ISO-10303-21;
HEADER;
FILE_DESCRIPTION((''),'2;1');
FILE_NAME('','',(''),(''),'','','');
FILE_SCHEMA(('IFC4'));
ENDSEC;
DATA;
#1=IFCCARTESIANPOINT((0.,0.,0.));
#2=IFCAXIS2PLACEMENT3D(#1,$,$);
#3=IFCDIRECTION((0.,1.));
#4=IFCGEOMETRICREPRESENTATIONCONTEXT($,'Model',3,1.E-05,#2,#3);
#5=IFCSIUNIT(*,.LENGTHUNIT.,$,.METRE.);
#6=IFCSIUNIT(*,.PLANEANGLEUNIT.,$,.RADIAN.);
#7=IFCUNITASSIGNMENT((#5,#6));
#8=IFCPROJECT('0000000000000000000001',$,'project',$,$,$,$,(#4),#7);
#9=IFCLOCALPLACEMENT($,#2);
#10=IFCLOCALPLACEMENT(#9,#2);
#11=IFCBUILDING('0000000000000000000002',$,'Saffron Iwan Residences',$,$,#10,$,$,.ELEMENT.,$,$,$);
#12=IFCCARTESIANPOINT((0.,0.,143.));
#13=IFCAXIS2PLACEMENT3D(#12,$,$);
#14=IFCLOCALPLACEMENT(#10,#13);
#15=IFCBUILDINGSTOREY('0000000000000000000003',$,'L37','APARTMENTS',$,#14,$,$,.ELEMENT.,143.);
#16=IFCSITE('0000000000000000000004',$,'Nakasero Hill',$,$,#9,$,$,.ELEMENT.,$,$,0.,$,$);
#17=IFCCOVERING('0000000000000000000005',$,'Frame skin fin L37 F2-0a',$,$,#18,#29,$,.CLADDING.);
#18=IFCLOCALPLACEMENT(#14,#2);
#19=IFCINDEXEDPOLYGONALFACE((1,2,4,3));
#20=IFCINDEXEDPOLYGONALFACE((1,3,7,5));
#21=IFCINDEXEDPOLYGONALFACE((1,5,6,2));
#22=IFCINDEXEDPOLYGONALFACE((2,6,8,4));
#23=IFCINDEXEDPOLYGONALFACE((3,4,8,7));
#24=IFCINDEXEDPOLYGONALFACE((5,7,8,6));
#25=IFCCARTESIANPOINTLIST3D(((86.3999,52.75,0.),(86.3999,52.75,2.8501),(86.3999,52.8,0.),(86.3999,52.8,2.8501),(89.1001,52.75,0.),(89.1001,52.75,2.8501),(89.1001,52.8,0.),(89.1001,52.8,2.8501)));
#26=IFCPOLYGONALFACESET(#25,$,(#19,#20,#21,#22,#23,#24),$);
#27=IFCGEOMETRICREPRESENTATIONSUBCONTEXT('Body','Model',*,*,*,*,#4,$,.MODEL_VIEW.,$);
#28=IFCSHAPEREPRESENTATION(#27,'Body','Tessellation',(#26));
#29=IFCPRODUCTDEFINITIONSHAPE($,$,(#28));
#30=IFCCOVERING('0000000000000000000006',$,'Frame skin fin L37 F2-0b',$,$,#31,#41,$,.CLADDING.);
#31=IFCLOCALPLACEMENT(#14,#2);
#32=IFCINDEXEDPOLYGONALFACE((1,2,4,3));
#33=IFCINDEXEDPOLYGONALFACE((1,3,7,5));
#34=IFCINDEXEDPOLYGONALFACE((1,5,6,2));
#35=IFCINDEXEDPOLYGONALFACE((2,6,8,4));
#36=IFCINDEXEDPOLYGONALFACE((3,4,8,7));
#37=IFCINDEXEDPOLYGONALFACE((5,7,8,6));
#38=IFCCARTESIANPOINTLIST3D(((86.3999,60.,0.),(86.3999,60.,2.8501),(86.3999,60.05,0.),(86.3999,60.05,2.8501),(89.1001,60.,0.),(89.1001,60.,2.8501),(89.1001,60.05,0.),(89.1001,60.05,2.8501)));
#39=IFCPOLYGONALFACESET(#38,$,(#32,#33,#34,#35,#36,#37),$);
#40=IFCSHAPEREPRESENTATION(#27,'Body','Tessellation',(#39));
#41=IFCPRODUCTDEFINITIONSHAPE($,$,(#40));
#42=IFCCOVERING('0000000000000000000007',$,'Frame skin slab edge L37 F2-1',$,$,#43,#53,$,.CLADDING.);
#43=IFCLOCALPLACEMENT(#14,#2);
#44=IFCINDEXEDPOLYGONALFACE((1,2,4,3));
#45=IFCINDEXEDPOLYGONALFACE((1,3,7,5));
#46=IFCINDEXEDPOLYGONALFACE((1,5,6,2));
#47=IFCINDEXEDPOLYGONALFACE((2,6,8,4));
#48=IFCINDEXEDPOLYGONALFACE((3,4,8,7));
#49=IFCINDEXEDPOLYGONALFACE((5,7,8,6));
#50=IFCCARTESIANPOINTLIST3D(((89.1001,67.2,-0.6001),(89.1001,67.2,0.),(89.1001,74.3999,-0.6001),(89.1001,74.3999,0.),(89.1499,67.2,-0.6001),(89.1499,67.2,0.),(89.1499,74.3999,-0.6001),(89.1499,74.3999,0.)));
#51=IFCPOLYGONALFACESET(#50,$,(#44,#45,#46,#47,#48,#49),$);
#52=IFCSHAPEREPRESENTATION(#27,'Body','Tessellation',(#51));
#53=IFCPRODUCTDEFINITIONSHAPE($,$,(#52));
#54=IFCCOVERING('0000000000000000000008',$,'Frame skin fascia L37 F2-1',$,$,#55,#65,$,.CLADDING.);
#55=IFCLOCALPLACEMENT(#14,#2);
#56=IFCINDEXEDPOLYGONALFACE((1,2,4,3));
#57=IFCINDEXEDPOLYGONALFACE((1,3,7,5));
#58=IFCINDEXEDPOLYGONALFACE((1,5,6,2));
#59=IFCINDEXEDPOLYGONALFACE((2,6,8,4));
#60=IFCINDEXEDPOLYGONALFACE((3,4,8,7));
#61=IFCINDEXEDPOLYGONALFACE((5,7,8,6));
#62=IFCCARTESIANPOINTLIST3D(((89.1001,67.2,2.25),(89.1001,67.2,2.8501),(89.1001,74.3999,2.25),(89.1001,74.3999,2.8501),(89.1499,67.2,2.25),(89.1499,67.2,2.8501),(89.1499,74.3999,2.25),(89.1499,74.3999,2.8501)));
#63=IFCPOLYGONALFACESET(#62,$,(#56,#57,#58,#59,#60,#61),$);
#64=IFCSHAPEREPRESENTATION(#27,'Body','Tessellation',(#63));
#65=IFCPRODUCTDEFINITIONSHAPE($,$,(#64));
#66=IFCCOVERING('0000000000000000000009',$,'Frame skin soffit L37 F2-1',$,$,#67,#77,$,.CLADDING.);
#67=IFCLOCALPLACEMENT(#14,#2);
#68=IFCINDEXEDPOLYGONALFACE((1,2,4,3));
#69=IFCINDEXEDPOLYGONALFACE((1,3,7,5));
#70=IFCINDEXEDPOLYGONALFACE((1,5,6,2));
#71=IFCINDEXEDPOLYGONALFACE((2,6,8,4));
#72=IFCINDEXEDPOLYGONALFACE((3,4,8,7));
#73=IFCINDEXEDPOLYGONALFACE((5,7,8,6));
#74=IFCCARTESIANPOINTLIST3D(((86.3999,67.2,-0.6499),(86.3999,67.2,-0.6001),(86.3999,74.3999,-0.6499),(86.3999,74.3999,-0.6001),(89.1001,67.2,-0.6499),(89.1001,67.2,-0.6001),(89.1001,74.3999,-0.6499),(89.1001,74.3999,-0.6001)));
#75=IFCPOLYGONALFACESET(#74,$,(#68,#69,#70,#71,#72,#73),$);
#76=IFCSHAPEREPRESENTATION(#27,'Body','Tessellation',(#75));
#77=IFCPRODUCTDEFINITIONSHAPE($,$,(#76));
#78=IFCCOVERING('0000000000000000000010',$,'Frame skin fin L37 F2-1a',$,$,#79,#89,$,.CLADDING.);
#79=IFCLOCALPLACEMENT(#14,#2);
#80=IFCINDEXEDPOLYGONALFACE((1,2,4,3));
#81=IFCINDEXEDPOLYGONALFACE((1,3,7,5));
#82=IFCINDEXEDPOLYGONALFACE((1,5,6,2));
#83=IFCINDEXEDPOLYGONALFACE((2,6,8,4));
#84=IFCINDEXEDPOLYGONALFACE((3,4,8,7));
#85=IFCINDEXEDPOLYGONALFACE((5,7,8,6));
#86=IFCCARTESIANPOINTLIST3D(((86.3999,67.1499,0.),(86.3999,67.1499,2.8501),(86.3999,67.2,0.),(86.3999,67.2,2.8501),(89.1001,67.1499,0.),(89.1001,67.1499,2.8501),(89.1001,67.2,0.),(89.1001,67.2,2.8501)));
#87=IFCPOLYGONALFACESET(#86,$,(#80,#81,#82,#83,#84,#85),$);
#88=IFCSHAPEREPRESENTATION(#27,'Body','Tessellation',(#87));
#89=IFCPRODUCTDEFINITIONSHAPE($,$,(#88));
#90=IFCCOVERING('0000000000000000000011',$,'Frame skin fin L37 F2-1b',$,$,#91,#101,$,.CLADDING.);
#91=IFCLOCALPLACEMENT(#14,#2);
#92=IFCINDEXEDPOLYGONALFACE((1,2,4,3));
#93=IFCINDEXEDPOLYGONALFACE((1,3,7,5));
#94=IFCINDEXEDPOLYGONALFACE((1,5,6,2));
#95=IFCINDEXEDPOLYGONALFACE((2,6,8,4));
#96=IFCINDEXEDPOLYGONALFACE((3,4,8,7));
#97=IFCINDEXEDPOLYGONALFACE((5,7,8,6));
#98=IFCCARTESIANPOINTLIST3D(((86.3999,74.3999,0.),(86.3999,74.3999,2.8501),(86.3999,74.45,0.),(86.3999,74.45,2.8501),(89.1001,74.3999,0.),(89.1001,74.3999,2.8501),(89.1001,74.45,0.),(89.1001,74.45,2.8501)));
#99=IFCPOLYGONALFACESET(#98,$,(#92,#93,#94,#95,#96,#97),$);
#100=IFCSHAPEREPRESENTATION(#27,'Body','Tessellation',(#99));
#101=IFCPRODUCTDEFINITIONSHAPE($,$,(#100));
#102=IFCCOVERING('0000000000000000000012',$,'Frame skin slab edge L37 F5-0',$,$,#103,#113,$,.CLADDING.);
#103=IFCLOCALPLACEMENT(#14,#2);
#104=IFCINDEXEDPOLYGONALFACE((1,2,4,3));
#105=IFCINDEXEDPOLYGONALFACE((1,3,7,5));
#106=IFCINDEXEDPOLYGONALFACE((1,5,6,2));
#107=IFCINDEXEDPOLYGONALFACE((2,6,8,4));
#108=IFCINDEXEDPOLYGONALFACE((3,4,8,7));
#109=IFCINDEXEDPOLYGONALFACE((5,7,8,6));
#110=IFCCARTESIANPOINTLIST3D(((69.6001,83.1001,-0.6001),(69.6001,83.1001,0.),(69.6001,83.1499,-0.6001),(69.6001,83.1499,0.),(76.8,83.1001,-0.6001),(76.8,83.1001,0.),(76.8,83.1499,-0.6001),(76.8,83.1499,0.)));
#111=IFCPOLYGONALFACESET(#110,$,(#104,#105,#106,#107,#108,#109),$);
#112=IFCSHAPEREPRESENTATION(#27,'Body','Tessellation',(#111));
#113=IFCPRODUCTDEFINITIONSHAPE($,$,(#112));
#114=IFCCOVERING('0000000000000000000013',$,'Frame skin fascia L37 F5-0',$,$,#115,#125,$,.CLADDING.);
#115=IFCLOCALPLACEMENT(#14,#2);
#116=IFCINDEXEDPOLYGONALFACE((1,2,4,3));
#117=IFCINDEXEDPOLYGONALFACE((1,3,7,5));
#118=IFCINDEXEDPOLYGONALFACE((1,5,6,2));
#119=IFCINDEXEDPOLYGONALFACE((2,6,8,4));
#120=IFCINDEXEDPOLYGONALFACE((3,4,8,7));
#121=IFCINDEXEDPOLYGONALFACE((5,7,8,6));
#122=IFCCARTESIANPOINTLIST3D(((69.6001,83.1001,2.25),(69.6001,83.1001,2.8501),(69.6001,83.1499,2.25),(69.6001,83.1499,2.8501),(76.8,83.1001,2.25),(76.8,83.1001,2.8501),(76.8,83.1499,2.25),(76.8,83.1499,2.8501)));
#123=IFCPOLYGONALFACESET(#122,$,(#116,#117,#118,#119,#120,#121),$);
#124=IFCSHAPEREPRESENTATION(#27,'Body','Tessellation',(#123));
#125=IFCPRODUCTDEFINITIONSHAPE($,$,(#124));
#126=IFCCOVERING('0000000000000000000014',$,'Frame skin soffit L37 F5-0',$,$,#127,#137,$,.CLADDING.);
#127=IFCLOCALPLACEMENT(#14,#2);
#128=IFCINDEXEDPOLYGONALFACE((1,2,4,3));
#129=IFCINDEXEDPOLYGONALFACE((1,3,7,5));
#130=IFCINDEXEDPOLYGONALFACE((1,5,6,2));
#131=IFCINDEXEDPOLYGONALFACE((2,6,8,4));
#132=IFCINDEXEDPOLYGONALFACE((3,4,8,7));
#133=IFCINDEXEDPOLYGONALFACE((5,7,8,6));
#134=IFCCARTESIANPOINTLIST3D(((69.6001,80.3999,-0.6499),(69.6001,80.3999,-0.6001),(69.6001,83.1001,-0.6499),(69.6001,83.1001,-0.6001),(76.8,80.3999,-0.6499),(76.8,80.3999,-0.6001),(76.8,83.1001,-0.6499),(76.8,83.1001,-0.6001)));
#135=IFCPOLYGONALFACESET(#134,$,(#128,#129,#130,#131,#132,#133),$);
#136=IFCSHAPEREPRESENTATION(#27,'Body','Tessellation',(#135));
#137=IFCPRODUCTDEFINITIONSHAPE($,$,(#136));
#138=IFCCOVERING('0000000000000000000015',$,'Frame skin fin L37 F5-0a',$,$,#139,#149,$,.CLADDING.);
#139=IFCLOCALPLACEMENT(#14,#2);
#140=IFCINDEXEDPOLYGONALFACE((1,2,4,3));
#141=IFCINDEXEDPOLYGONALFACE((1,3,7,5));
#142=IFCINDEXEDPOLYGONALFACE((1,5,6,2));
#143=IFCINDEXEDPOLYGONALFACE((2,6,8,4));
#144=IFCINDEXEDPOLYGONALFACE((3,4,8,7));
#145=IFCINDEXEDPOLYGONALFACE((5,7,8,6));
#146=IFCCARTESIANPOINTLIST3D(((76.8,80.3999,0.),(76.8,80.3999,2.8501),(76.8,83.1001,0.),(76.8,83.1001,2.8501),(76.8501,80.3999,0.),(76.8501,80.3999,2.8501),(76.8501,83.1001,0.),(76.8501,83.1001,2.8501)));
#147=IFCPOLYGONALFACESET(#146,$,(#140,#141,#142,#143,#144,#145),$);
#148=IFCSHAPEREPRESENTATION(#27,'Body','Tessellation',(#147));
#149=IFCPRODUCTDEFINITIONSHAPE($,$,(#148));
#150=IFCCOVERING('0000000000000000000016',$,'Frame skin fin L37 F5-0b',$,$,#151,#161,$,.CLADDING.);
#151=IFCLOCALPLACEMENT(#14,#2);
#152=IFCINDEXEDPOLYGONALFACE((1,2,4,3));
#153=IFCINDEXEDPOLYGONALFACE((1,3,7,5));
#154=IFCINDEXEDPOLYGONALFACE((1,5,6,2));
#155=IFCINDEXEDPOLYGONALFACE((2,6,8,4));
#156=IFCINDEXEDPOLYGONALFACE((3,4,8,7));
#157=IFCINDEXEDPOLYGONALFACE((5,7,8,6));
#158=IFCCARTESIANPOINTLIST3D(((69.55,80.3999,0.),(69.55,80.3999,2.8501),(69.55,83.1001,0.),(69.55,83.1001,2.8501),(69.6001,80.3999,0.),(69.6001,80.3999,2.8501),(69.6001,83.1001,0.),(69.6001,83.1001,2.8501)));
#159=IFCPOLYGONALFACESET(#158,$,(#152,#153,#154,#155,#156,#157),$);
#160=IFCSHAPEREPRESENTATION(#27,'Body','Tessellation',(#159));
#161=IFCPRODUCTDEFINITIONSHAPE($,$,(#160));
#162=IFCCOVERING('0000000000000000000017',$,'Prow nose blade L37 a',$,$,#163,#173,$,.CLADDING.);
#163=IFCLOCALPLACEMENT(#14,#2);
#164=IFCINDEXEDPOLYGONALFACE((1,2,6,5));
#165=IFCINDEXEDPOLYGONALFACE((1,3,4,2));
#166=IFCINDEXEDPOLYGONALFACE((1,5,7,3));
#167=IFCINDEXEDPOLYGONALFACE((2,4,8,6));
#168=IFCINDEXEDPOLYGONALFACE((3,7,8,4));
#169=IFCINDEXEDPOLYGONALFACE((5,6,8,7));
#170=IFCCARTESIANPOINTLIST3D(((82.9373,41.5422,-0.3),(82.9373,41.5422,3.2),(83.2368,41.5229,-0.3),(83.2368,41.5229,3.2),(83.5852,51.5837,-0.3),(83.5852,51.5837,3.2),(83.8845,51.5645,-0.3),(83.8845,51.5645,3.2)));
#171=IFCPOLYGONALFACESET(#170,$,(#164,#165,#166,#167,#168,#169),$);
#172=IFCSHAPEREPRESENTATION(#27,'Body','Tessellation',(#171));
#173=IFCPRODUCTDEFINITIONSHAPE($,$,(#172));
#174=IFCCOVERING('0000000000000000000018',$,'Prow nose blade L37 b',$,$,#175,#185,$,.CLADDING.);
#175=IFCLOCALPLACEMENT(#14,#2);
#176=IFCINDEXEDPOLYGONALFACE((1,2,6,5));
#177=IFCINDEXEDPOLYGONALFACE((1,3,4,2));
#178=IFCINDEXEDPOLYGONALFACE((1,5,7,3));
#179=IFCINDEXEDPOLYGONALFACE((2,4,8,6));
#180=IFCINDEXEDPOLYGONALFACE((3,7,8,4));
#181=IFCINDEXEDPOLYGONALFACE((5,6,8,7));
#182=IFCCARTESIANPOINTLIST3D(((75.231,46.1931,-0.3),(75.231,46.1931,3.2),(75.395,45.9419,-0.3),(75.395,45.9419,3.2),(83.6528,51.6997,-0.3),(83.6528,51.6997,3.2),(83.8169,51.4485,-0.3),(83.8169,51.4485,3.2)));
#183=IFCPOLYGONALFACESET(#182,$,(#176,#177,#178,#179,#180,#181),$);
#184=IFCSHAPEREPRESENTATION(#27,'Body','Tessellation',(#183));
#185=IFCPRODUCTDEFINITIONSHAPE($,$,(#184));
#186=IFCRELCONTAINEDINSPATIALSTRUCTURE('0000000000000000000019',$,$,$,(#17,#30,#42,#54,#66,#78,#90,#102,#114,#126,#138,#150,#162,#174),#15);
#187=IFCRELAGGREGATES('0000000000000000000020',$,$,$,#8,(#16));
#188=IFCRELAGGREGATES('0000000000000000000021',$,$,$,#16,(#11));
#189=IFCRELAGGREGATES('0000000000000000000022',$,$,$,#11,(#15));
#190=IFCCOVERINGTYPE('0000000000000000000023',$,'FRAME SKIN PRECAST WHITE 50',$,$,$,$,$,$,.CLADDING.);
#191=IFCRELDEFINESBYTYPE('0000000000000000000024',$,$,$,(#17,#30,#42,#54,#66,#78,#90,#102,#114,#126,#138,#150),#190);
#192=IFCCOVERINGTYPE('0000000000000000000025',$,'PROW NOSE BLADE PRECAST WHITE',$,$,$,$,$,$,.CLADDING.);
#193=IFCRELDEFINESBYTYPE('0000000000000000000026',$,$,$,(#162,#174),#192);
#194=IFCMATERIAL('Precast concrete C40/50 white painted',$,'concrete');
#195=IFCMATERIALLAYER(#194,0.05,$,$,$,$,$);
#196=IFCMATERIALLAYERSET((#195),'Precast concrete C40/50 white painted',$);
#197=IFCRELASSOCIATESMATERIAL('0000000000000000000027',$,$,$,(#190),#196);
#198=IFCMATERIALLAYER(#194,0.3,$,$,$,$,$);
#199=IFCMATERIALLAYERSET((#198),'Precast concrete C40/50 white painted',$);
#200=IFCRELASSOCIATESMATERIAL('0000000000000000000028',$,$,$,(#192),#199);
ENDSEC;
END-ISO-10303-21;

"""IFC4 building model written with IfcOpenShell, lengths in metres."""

from ifc_helpers import new_model, si_unit, direction, frame, origin, place, context, subcontext, project, spatial, polyline, outline, extrude, material, layer, layer_set, type_object, element, save


model = new_model("IFC4")

# Units and contexts
model_context = context("Model", 3, precision=1e-05, world=origin(), true_north=direction((0.0, 1.0)))
body_context = subcontext(model_context, "Body", "Model", "MODEL_VIEW")
ifc_project = project(units=[si_unit("LENGTHUNIT", "METRE"), si_unit("PLANEANGLEUNIT", "RADIAN")], contexts=[model_context])

# Site, building, storey
site_placement = place(None, origin())
site = spatial("IfcSite", under=ifc_project, at=site_placement, Name="Nakasero Hill", CompositionType="ELEMENT", RefElevation=0.0)
building_placement = place(site_placement, origin())
building = spatial("IfcBuilding", under=site, at=building_placement, Name="Saffron Iwan Residences", CompositionType="ELEMENT")
storey_placement = place(building_placement, frame((0.0, 0.0, 143.0)))
storey = spatial("IfcBuildingStorey", under=building, at=storey_placement, Name="L37", Description="APARTMENTS", CompositionType="ELEMENT", Elevation=143.0)

# Coverings
ifc_material_1 = material(Name="Precast concrete C40/50 white painted", Category="concrete")
ifc_layer_1 = layer(ifc_material_1, 0.05)
ifc_layer_set_1 = layer_set([ifc_layer_1], Name="Precast concrete C40/50 white painted")
covering_type_1 = type_object("IfcCoveringType", Name="FRAME SKIN PRECAST WHITE 50", PredefinedType="CLADDING", material=ifc_layer_set_1)
covering_1_placement = place(storey_placement, origin())
element("IfcCovering", 1, at=covering_1_placement, inside=storey, type_object=covering_type_1, Name="Frame skin fin L37 F2-0a", PredefinedType="CLADDING", context=body_context, shape_type="SweptSolid", body=[
    extrude(outline(polyline([(89.1001, 52.75), (89.1001, 52.8), (86.3999, 52.8), (86.3999, 52.75), (89.1001, 52.75)])), origin(), (0.0, 0.0, 1.0), 2.8501),
])
covering_2_placement = place(storey_placement, origin())
element("IfcCovering", 2, at=covering_2_placement, inside=storey, type_object=covering_type_1, Name="Frame skin fin L37 F2-0b", PredefinedType="CLADDING", context=body_context, shape_type="SweptSolid", body=[
    extrude(outline(polyline([(89.1001, 60.0), (89.1001, 60.05), (86.3999, 60.05), (86.3999, 60.0), (89.1001, 60.0)])), origin(), (0.0, 0.0, 1.0), 2.8501),
])
for number, where, name in (
    (3, (0.0, 0.0, -0.6001), "Frame skin slab edge L37 F2-1"),
    (4, (0.0, 0.0, 2.25), "Frame skin fascia L37 F2-1"),
):
    element("IfcCovering", number, at=place(storey_placement, frame(where)), inside=storey, type_object=covering_type_1, Name=name, PredefinedType="CLADDING", context=body_context, shape_type="SweptSolid", body=[
        extrude(outline(polyline([(89.1499, 67.2), (89.1499, 74.3999), (89.1001, 74.3999), (89.1001, 67.2), (89.1499, 67.2)])), origin(), (0.0, 0.0, 1.0), 0.6001),
    ])
covering_3_placement = place(storey_placement, frame((0.0, 0.0, -0.6499)))
element("IfcCovering", 5, at=covering_3_placement, inside=storey, type_object=covering_type_1, Name="Frame skin soffit L37 F2-1", PredefinedType="CLADDING", context=body_context, shape_type="SweptSolid", body=[
    extrude(outline(polyline([(89.1001, 67.2), (89.1001, 74.3999), (86.3999, 74.3999), (86.3999, 67.2), (89.1001, 67.2)])), origin(), (0.0, 0.0, 1.0), 0.0498),
])
covering_4_placement = place(storey_placement, origin())
element("IfcCovering", 6, at=covering_4_placement, inside=storey, type_object=covering_type_1, Name="Frame skin fin L37 F2-1a", PredefinedType="CLADDING", context=body_context, shape_type="SweptSolid", body=[
    extrude(outline(polyline([(89.1001, 67.1499), (89.1001, 67.2), (86.3999, 67.2), (86.3999, 67.1499), (89.1001, 67.1499)])), origin(), (0.0, 0.0, 1.0), 2.8501),
])
covering_5_placement = place(storey_placement, origin())
element("IfcCovering", 7, at=covering_5_placement, inside=storey, type_object=covering_type_1, Name="Frame skin fin L37 F2-1b", PredefinedType="CLADDING", context=body_context, shape_type="SweptSolid", body=[
    extrude(outline(polyline([(89.1001, 74.3999), (89.1001, 74.45), (86.3999, 74.45), (86.3999, 74.3999), (89.1001, 74.3999)])), origin(), (0.0, 0.0, 1.0), 2.8501),
])
for number, where, name in (
    (8, (0.0, 0.0, -0.6001), "Frame skin slab edge L37 F5-0"),
    (9, (0.0, 0.0, 2.25), "Frame skin fascia L37 F5-0"),
):
    element("IfcCovering", number, at=place(storey_placement, frame(where)), inside=storey, type_object=covering_type_1, Name=name, PredefinedType="CLADDING", context=body_context, shape_type="SweptSolid", body=[
        extrude(outline(polyline([(76.8, 83.1499), (69.6001, 83.1499), (69.6001, 83.1001), (76.8, 83.1001), (76.8, 83.1499)])), origin(), (0.0, 0.0, 1.0), 0.6001),
    ])
covering_6_placement = place(storey_placement, frame((0.0, 0.0, -0.6499)))
element("IfcCovering", 10, at=covering_6_placement, inside=storey, type_object=covering_type_1, Name="Frame skin soffit L37 F5-0", PredefinedType="CLADDING", context=body_context, shape_type="SweptSolid", body=[
    extrude(outline(polyline([(76.8, 83.1001), (69.6001, 83.1001), (69.6001, 80.3999), (76.8, 80.3999), (76.8, 83.1001)])), origin(), (0.0, 0.0, 1.0), 0.0498),
])
covering_7_placement = place(storey_placement, origin())
element("IfcCovering", 11, at=covering_7_placement, inside=storey, type_object=covering_type_1, Name="Frame skin fin L37 F5-0a", PredefinedType="CLADDING", context=body_context, shape_type="SweptSolid", body=[
    extrude(outline(polyline([(76.8501, 83.1001), (76.8, 83.1001), (76.8, 80.3999), (76.8501, 80.3999), (76.8501, 83.1001)])), origin(), (0.0, 0.0, 1.0), 2.8501),
])
covering_8_placement = place(storey_placement, origin())
element("IfcCovering", 12, at=covering_8_placement, inside=storey, type_object=covering_type_1, Name="Frame skin fin L37 F5-0b", PredefinedType="CLADDING", context=body_context, shape_type="SweptSolid", body=[
    extrude(outline(polyline([(69.6001, 83.1001), (69.55, 83.1001), (69.55, 80.3999), (69.6001, 80.3999), (69.6001, 83.1001)])), origin(), (0.0, 0.0, 1.0), 2.8501),
])
ifc_layer_2 = layer(ifc_material_1, 0.3)
ifc_layer_set_2 = layer_set([ifc_layer_2], Name="Precast concrete C40/50 white painted")
covering_type_2 = type_object("IfcCoveringType", Name="PROW NOSE BLADE PRECAST WHITE", PredefinedType="CLADDING", material=ifc_layer_set_2)
covering_9_placement = place(storey_placement, frame((0.0, 0.0, -0.3)))
element("IfcCovering", 13, at=covering_9_placement, inside=storey, type_object=covering_type_2, Name="Prow nose blade L37 a", PredefinedType="CLADDING", context=body_context, shape_type="SweptSolid", body=[
    extrude(outline(polyline([(83.2368, 41.5229), (83.8845, 51.5645), (83.5852, 51.5837), (82.9373, 41.5422), (83.2368, 41.5229)])), origin(), (0.0, 0.0, 1.0), 3.5),
])
covering_10_placement = place(storey_placement, frame((0.0, 0.0, -0.3)))
element("IfcCovering", 14, at=covering_10_placement, inside=storey, type_object=covering_type_2, Name="Prow nose blade L37 b", PredefinedType="CLADDING", context=body_context, shape_type="SweptSolid", body=[
    extrude(outline(polyline([(75.395, 45.9419), (83.8169, 51.4485), (83.6528, 51.6997), (75.231, 46.1931), (75.395, 45.9419)])), origin(), (0.0, 0.0, 1.0), 3.5),
])

save(model, "model.ifc")
